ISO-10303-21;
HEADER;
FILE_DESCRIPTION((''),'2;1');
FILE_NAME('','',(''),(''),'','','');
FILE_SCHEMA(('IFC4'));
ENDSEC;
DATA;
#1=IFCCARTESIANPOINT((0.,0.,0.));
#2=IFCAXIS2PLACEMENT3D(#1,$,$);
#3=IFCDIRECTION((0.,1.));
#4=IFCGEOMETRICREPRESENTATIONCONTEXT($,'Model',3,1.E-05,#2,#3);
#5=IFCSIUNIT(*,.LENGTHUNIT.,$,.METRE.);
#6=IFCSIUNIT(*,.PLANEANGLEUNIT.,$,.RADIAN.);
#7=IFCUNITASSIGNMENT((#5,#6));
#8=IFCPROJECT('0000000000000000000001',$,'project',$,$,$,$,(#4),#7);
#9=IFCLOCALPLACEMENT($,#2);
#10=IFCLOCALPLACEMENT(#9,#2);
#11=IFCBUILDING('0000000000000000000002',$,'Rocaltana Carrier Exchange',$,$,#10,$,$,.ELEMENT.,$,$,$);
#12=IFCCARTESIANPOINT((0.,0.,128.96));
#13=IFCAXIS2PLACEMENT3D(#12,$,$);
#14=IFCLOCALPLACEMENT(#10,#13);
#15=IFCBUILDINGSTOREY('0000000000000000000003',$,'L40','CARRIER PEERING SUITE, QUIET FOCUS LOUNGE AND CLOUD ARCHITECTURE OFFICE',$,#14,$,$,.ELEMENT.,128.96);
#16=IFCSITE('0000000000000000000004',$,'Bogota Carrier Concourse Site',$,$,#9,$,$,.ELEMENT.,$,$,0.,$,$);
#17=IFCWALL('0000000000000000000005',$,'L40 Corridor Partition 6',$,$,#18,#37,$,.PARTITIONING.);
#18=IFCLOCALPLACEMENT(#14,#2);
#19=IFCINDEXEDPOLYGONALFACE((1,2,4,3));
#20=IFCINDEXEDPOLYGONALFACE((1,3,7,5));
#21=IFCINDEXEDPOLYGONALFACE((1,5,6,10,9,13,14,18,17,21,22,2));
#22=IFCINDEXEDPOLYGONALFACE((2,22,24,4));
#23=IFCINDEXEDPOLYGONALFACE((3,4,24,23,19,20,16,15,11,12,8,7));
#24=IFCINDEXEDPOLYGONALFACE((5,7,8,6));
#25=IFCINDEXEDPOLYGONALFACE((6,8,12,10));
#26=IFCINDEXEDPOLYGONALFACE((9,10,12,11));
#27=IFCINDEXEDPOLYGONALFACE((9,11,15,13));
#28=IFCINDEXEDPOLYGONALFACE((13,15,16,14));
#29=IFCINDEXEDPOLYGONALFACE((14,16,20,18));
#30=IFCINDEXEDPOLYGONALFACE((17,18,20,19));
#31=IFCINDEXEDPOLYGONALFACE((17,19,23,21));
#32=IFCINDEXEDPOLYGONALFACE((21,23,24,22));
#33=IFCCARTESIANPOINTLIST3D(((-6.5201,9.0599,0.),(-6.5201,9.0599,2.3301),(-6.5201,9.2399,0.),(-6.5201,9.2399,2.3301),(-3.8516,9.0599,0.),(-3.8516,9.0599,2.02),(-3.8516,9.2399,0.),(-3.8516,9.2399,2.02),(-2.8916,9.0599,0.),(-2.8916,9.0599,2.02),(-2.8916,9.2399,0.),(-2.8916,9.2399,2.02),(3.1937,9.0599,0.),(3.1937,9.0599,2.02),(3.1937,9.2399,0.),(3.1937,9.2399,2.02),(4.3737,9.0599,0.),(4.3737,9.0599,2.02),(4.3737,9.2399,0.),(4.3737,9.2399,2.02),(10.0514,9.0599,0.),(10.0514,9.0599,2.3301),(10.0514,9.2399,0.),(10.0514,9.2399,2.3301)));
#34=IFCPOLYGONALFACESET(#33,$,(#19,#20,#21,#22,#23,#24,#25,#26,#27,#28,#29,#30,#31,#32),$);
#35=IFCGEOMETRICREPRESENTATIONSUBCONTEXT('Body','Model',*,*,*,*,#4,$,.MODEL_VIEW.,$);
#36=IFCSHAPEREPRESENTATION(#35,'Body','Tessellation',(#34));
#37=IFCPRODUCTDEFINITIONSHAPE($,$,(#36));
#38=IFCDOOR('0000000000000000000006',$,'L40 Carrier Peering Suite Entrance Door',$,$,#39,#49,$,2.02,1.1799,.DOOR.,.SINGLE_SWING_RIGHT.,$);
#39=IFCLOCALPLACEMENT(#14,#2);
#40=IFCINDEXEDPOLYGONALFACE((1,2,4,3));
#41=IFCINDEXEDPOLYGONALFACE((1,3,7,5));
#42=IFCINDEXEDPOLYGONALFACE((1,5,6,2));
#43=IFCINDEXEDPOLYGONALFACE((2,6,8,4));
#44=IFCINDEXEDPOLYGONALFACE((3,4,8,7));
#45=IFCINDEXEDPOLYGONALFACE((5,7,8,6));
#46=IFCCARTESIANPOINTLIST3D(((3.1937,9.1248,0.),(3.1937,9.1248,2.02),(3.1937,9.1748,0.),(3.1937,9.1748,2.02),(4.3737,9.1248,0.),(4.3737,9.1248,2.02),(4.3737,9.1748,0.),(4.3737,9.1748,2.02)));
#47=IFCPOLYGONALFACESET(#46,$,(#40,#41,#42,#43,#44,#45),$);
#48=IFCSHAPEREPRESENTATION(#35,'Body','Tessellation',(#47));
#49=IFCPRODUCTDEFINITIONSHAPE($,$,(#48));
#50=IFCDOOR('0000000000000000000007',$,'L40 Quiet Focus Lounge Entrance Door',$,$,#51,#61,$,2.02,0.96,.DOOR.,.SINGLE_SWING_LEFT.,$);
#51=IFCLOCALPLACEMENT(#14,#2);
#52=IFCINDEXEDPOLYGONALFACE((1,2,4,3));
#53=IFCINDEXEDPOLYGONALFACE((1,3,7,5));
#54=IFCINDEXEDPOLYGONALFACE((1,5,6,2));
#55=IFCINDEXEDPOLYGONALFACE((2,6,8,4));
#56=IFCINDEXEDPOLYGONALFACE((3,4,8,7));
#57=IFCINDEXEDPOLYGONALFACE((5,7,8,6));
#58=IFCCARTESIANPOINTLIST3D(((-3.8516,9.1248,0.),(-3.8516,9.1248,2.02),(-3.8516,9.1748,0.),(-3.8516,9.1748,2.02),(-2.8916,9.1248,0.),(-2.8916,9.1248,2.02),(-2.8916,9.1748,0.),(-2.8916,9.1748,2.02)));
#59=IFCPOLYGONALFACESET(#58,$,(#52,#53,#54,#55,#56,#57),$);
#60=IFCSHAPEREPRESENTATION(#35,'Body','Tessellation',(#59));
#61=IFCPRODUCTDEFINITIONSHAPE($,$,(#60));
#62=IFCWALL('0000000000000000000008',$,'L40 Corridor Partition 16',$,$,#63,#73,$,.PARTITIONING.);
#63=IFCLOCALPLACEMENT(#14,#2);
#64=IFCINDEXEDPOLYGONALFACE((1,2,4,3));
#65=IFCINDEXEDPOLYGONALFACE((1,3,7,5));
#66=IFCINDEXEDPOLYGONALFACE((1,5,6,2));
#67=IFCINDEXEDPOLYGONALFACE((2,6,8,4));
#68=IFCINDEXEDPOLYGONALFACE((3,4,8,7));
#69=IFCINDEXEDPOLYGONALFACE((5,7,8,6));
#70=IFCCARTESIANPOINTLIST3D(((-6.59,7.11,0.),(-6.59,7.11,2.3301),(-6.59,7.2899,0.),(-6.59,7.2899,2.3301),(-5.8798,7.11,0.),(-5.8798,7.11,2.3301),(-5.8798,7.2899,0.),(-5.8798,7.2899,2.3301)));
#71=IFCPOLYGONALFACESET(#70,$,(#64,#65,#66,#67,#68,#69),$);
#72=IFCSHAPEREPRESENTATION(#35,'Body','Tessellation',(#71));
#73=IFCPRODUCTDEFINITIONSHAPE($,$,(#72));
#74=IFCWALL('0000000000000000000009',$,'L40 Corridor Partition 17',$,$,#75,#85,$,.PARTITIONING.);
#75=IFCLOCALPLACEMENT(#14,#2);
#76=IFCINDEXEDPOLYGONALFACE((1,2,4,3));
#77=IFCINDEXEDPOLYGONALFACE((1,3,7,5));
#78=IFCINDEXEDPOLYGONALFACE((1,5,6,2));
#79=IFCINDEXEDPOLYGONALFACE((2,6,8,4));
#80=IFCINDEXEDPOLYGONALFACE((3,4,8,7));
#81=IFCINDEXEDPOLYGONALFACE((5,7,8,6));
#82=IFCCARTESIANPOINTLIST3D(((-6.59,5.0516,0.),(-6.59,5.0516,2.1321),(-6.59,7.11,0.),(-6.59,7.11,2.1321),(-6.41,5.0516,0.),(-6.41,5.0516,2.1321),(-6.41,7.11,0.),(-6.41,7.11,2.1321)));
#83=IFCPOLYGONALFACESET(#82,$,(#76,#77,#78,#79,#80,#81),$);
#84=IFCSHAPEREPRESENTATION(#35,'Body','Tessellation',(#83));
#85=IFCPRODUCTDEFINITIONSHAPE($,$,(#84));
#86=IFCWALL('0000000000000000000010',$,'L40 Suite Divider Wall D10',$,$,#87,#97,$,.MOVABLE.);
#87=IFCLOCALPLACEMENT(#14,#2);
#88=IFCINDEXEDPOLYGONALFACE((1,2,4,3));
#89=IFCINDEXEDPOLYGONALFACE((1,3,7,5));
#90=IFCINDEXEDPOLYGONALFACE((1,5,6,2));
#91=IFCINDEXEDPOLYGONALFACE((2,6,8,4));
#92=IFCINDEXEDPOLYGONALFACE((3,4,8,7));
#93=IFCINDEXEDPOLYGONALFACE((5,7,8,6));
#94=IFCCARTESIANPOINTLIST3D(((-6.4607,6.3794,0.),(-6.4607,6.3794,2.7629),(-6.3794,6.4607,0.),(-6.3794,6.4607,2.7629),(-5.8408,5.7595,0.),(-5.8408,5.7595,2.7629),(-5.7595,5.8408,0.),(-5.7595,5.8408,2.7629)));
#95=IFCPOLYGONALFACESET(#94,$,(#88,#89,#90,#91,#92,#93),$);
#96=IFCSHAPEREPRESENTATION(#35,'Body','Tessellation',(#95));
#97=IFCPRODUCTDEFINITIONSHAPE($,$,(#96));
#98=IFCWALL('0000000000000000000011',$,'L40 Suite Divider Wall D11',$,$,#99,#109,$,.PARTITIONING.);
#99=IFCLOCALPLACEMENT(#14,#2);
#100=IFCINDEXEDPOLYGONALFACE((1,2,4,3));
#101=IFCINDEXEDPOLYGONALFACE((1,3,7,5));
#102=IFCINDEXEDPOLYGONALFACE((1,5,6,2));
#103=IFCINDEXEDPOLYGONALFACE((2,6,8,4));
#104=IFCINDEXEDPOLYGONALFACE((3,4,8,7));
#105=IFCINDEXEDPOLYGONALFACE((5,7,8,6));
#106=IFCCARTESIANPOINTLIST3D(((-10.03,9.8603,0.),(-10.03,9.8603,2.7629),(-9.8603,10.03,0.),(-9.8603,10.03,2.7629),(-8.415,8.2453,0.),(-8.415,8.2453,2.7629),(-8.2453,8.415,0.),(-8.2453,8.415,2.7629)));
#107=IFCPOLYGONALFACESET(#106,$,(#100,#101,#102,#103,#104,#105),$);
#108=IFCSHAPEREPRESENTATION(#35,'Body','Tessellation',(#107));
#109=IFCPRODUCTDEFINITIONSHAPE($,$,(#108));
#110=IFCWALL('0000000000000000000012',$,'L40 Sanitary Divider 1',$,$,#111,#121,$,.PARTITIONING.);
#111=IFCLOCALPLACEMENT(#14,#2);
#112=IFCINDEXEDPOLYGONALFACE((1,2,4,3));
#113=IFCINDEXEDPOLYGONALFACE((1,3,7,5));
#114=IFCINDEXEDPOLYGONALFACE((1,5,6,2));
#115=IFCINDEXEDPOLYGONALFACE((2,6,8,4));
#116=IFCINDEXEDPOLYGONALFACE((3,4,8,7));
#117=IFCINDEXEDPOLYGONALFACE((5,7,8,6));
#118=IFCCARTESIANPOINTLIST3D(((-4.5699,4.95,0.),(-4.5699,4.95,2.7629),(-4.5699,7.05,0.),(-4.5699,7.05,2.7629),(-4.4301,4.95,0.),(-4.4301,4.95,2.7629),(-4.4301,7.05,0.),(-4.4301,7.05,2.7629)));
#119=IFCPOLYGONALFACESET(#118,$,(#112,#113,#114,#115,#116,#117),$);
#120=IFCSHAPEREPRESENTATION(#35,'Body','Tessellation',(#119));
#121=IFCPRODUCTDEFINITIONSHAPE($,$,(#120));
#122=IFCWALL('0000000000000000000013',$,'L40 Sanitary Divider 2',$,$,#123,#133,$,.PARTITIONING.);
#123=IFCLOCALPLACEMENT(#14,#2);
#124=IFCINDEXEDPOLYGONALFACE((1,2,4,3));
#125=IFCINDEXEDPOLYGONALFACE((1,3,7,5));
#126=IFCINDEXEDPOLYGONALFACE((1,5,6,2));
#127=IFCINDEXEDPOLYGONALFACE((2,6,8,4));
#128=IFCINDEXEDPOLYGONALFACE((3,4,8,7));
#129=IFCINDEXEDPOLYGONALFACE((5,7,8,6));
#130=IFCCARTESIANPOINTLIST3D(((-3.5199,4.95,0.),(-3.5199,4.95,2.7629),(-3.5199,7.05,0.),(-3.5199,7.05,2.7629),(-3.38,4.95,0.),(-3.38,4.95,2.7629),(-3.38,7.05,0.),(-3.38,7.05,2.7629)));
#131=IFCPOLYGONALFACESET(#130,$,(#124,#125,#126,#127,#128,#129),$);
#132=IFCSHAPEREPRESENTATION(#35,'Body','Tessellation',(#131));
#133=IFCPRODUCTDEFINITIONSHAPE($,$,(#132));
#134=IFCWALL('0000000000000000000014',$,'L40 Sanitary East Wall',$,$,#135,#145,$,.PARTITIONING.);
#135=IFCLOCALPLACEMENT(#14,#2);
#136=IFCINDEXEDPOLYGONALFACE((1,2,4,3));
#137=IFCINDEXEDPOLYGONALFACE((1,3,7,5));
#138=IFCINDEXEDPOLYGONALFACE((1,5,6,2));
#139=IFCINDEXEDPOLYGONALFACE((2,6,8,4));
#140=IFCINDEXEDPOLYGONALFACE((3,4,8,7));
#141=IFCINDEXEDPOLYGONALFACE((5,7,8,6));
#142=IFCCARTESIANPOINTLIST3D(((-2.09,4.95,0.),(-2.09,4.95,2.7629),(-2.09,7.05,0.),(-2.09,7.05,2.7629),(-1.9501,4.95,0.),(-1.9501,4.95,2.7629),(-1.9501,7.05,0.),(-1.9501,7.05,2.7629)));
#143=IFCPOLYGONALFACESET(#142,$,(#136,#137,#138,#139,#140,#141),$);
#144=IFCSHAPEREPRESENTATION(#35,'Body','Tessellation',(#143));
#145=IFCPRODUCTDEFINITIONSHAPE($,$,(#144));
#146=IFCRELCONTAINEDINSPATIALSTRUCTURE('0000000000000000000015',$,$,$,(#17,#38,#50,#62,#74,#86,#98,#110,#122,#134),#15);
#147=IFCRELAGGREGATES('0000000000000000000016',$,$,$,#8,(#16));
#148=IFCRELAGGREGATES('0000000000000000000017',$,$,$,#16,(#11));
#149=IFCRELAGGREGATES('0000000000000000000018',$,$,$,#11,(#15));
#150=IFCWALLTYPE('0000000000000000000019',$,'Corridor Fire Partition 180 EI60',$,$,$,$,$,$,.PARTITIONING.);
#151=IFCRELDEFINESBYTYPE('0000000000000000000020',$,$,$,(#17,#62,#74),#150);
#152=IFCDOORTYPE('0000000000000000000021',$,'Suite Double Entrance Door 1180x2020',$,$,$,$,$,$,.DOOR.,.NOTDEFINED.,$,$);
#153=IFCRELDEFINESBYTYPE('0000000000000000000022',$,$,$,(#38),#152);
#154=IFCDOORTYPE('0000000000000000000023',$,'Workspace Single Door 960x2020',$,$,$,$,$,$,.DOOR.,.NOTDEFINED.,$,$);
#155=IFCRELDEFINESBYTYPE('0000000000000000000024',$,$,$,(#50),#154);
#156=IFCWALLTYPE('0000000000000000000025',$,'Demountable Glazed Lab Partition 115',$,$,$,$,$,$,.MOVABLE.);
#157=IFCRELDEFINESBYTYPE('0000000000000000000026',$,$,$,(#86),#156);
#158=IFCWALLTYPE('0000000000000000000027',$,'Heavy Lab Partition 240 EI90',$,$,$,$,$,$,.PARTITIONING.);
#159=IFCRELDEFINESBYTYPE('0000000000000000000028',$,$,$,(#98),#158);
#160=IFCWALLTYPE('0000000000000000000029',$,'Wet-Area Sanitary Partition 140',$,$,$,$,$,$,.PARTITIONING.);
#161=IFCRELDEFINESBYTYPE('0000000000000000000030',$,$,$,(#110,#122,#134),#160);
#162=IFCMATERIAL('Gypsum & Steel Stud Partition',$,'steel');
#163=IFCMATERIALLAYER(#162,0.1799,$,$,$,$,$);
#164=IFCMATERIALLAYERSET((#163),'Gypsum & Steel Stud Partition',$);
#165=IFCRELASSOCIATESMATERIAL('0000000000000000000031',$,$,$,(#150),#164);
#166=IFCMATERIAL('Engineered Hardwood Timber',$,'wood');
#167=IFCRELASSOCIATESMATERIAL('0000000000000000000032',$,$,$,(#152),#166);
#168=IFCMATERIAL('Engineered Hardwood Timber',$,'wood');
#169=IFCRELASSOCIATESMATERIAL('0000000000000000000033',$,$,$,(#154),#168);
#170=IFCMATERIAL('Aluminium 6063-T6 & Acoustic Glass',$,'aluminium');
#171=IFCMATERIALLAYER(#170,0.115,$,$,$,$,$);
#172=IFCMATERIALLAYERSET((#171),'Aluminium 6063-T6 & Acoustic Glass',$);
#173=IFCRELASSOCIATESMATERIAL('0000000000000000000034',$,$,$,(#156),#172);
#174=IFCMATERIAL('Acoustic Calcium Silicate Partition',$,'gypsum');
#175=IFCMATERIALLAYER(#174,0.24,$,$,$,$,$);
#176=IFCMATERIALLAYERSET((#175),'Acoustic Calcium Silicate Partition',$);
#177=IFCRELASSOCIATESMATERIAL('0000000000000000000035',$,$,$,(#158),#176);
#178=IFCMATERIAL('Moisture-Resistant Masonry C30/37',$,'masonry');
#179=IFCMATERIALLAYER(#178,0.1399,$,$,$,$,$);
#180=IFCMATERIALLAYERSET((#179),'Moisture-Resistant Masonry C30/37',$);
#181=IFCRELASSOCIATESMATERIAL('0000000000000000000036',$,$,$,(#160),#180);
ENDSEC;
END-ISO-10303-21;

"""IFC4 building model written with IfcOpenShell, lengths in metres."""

from ifc_helpers import new_model, si_unit, direction, frame, frame_2d, origin, place, context, subcontext, project, spatial, rectangle, extrude, material, layer, layer_set, type_object, element, fill, save


model = new_model("IFC4")

# Units and contexts
model_context = context("Model", 3, precision=1e-05, world=origin(), true_north=direction((0.0, 1.0)))
body_context = subcontext(model_context, "Body", "Model", "MODEL_VIEW")
ifc_project = project(units=[si_unit("LENGTHUNIT", "METRE"), si_unit("PLANEANGLEUNIT", "RADIAN")], contexts=[model_context])

# Site, building, storey
site_placement = place(None, origin())
site = spatial("IfcSite", under=ifc_project, at=site_placement, Name="Bogota Carrier Concourse Site", CompositionType="ELEMENT", RefElevation=0.0)
building_placement = place(site_placement, origin())
building = spatial("IfcBuilding", under=site, at=building_placement, Name="Rocaltana Carrier Exchange", CompositionType="ELEMENT")
storey_placement = place(building_placement, frame((0.0, 0.0, 128.96)))
storey = spatial("IfcBuildingStorey", under=building, at=storey_placement, Name="L40", Description="CARRIER PEERING SUITE, QUIET FOCUS LOUNGE AND CLOUD ARCHITECTURE OFFICE", CompositionType="ELEMENT", Elevation=128.96)

# Shared definitions
ifc_material_1 = material(Name="Gypsum & Steel Stud Partition", Category="steel")
ifc_layer_1 = layer(ifc_material_1, 0.1799)
ifc_layer_set_1 = layer_set([ifc_layer_1], Name="Gypsum & Steel Stud Partition")
wall_type_1 = type_object("IfcWallType", Name="Corridor Fire Partition 180 EI60", PredefinedType="PARTITIONING", material=ifc_layer_set_1)

# Wall, openings, doors
wall_1_placement = place(storey_placement, frame((-6.52, 9.1499, 0.0), z_axis=(0.0, 0.0, 1.0), x_axis=(1.0, 0.0, 0.0)))
wall_1 = element("IfcWall", 1, at=wall_1_placement, inside=storey, type_object=wall_type_1, Name="L40 Corridor Partition 6", PredefinedType="PARTITIONING", context=body_context, shape_type="SweptSolid", body=[
    extrude(rectangle(XDim=16.5715, YDim=0.1799, at=frame_2d((8.2856, 0.0))), origin(), (0.0, 0.0, 1.0), 2.3301),
])
opening_1_placement = place(wall_1_placement, frame((9.7139, 0.0, 0.0)))
opening_1 = element("IfcOpeningElement", 2, at=opening_1_placement, cuts=wall_1, PredefinedType="OPENING", context=body_context, shape_type="SweptSolid", body=[
    extrude(rectangle(XDim=1.1799, YDim=2.02, at=frame_2d((0.5898, 1.01))), frame((0.0, 0.0999, 0.0), z_axis=(0.0, -1.0, 0.0), x_axis=(1.0, 0.0, 0.0)), (0.0, 0.0, 1.0), 0.2),
])
opening_2_placement = place(wall_1_placement, frame((2.6685, 0.0, 0.0)))
opening_2 = element("IfcOpeningElement", 3, at=opening_2_placement, cuts=wall_1, PredefinedType="OPENING", context=body_context, shape_type="SweptSolid", body=[
    extrude(rectangle(XDim=0.96, YDim=2.02, at=frame_2d((0.48, 1.01))), frame((0.0, 0.0999, 0.0), z_axis=(0.0, -1.0, 0.0), x_axis=(1.0, 0.0, 0.0)), (0.0, 0.0, 1.0), 0.2),
])
ifc_material_2 = material(Name="Engineered Hardwood Timber", Category="wood")
door_type_1 = type_object("IfcDoorType", Name="Suite Double Entrance Door 1180x2020", OperationType="NOTDEFINED", PredefinedType="DOOR", material=ifc_material_2)
door_1_placement = place(opening_1_placement, origin())
door_1 = element("IfcDoor", 4, at=door_1_placement, inside=storey, type_object=door_type_1, Name="L40 Carrier Peering Suite Entrance Door", OperationType="SINGLE_SWING_RIGHT", OverallHeight=2.02, OverallWidth=1.1799, PredefinedType="DOOR", context=body_context, shape_type="SweptSolid", body=[
    extrude(rectangle(XDim=1.1799, YDim=2.02, at=frame_2d((0.5898, 1.01))), frame((0.0, 0.0249, 0.0), z_axis=(0.0, -1.0, 0.0), x_axis=(1.0, 0.0, 0.0)), (0.0, 0.0, 1.0), 0.05),
])
fill(opening_1, door_1)
ifc_material_3 = material(Name="Engineered Hardwood Timber", Category="wood")
door_type_2 = type_object("IfcDoorType", Name="Workspace Single Door 960x2020", OperationType="NOTDEFINED", PredefinedType="DOOR", material=ifc_material_3)
door_2_placement = place(opening_2_placement, origin())
door_2 = element("IfcDoor", 5, at=door_2_placement, inside=storey, type_object=door_type_2, Name="L40 Quiet Focus Lounge Entrance Door", OperationType="SINGLE_SWING_LEFT", OverallHeight=2.02, OverallWidth=0.96, PredefinedType="DOOR", context=body_context, shape_type="SweptSolid", body=[
    extrude(rectangle(XDim=0.96, YDim=2.02, at=frame_2d((0.48, 1.01))), frame((0.0, 0.0249, 0.0), z_axis=(0.0, -1.0, 0.0), x_axis=(1.0, 0.0, 0.0)), (0.0, 0.0, 1.0), 0.05),
])
fill(opening_2, door_2)

# Walls
wall_2_placement = place(storey_placement, frame((-5.8799, 7.2, 0.0), z_axis=(0.0, 0.0, 1.0), x_axis=(-1.0, 0.0, 0.0)))
element("IfcWall", 6, at=wall_2_placement, inside=storey, type_object=wall_type_1, Name="L40 Corridor Partition 16", PredefinedType="PARTITIONING", context=body_context, shape_type="SweptSolid", body=[
    extrude(rectangle(XDim=0.7102, YDim=0.1799, at=frame_2d((0.355, 0.0))), origin(), (0.0, 0.0, 1.0), 2.3301),
])
wall_3_placement = place(storey_placement, frame((-6.5, 7.1101, 0.0), z_axis=(0.0, 0.0, 1.0), x_axis=(0.0, -1.0, 0.0)))
element("IfcWall", 7, at=wall_3_placement, inside=storey, type_object=wall_type_1, Name="L40 Corridor Partition 17", PredefinedType="PARTITIONING", context=body_context, shape_type="SweptSolid", body=[
    extrude(rectangle(XDim=2.0583, YDim=0.1799, at=frame_2d((1.0293, 0.0))), origin(), (0.0, 0.0, 1.0), 2.1321),
])
ifc_material_4 = material(Name="Aluminium 6063-T6 & Acoustic Glass", Category="aluminium")
ifc_layer_2 = layer(ifc_material_4, 0.115)
ifc_layer_set_2 = layer_set([ifc_layer_2], Name="Aluminium 6063-T6 & Acoustic Glass")
wall_type_2 = type_object("IfcWallType", Name="Demountable Glazed Lab Partition 115", PredefinedType="MOVABLE", material=ifc_layer_set_2)
wall_4_placement = place(storey_placement, frame((-5.8, 5.8, 0.0), z_axis=(0.0, 0.0, 1.0), x_axis=(-0.707107, 0.707107, 0.0)))
element("IfcWall", 8, at=wall_4_placement, inside=storey, type_object=wall_type_2, Name="L40 Suite Divider Wall D10", PredefinedType="MOVABLE", context=body_context, shape_type="SweptSolid", body=[
    extrude(rectangle(XDim=0.8767, YDim=0.115, at=frame_2d((0.4385, 0.0))), origin(), (0.0, 0.0, 1.0), 2.7629),
])
ifc_material_5 = material(Name="Acoustic Calcium Silicate Partition", Category="gypsum")
ifc_layer_3 = layer(ifc_material_5, 0.24)
ifc_layer_set_3 = layer_set([ifc_layer_3], Name="Acoustic Calcium Silicate Partition")
wall_type_3 = type_object("IfcWallType", Name="Heavy Lab Partition 240 EI90", PredefinedType="PARTITIONING", material=ifc_layer_set_3)
wall_5_placement = place(storey_placement, frame((-8.3301, 8.3301, 0.0), z_axis=(0.0, 0.0, 1.0), x_axis=(-0.707107, 0.707107, 0.0)))
element("IfcWall", 9, at=wall_5_placement, inside=storey, type_object=wall_type_3, Name="L40 Suite Divider Wall D11", PredefinedType="PARTITIONING", context=body_context, shape_type="SweptSolid", body=[
    extrude(rectangle(XDim=2.2839, YDim=0.24, at=frame_2d((1.1421, 0.0))), origin(), (0.0, 0.0, 1.0), 2.7629),
])
ifc_material_6 = material(Name="Moisture-Resistant Masonry C30/37", Category="masonry")
ifc_layer_4 = layer(ifc_material_6, 0.1399)
ifc_layer_set_4 = layer_set([ifc_layer_4], Name="Moisture-Resistant Masonry C30/37")
wall_type_4 = type_object("IfcWallType", Name="Wet-Area Sanitary Partition 140", PredefinedType="PARTITIONING", material=ifc_layer_set_4)
for number, where, z_axis, x_axis, name in (
    (10, (-4.5, 4.95, 0.0), (0.0, 0.0, 1.0), (0.0, 1.0, 0.0), "L40 Sanitary Divider 1"),
    (11, (-3.45, 4.95, 0.0), (0.0, 0.0, 1.0), (0.0, 1.0, 0.0), "L40 Sanitary Divider 2"),
    (12, (-2.02, 4.95, 0.0), (0.0, 0.0, 1.0), (0.0, 1.0, 0.0), "L40 Sanitary East Wall"),
):
    element("IfcWall", number, at=place(storey_placement, frame(where, z_axis=z_axis, x_axis=x_axis)), inside=storey, type_object=wall_type_4, Name=name, PredefinedType="PARTITIONING", context=body_context, shape_type="SweptSolid", body=[
        extrude(rectangle(XDim=2.1001, YDim=0.1399, at=frame_2d((1.05, 0.0))), origin(), (0.0, 0.0, 1.0), 2.7629),
    ])

save(model, "model.ifc")
